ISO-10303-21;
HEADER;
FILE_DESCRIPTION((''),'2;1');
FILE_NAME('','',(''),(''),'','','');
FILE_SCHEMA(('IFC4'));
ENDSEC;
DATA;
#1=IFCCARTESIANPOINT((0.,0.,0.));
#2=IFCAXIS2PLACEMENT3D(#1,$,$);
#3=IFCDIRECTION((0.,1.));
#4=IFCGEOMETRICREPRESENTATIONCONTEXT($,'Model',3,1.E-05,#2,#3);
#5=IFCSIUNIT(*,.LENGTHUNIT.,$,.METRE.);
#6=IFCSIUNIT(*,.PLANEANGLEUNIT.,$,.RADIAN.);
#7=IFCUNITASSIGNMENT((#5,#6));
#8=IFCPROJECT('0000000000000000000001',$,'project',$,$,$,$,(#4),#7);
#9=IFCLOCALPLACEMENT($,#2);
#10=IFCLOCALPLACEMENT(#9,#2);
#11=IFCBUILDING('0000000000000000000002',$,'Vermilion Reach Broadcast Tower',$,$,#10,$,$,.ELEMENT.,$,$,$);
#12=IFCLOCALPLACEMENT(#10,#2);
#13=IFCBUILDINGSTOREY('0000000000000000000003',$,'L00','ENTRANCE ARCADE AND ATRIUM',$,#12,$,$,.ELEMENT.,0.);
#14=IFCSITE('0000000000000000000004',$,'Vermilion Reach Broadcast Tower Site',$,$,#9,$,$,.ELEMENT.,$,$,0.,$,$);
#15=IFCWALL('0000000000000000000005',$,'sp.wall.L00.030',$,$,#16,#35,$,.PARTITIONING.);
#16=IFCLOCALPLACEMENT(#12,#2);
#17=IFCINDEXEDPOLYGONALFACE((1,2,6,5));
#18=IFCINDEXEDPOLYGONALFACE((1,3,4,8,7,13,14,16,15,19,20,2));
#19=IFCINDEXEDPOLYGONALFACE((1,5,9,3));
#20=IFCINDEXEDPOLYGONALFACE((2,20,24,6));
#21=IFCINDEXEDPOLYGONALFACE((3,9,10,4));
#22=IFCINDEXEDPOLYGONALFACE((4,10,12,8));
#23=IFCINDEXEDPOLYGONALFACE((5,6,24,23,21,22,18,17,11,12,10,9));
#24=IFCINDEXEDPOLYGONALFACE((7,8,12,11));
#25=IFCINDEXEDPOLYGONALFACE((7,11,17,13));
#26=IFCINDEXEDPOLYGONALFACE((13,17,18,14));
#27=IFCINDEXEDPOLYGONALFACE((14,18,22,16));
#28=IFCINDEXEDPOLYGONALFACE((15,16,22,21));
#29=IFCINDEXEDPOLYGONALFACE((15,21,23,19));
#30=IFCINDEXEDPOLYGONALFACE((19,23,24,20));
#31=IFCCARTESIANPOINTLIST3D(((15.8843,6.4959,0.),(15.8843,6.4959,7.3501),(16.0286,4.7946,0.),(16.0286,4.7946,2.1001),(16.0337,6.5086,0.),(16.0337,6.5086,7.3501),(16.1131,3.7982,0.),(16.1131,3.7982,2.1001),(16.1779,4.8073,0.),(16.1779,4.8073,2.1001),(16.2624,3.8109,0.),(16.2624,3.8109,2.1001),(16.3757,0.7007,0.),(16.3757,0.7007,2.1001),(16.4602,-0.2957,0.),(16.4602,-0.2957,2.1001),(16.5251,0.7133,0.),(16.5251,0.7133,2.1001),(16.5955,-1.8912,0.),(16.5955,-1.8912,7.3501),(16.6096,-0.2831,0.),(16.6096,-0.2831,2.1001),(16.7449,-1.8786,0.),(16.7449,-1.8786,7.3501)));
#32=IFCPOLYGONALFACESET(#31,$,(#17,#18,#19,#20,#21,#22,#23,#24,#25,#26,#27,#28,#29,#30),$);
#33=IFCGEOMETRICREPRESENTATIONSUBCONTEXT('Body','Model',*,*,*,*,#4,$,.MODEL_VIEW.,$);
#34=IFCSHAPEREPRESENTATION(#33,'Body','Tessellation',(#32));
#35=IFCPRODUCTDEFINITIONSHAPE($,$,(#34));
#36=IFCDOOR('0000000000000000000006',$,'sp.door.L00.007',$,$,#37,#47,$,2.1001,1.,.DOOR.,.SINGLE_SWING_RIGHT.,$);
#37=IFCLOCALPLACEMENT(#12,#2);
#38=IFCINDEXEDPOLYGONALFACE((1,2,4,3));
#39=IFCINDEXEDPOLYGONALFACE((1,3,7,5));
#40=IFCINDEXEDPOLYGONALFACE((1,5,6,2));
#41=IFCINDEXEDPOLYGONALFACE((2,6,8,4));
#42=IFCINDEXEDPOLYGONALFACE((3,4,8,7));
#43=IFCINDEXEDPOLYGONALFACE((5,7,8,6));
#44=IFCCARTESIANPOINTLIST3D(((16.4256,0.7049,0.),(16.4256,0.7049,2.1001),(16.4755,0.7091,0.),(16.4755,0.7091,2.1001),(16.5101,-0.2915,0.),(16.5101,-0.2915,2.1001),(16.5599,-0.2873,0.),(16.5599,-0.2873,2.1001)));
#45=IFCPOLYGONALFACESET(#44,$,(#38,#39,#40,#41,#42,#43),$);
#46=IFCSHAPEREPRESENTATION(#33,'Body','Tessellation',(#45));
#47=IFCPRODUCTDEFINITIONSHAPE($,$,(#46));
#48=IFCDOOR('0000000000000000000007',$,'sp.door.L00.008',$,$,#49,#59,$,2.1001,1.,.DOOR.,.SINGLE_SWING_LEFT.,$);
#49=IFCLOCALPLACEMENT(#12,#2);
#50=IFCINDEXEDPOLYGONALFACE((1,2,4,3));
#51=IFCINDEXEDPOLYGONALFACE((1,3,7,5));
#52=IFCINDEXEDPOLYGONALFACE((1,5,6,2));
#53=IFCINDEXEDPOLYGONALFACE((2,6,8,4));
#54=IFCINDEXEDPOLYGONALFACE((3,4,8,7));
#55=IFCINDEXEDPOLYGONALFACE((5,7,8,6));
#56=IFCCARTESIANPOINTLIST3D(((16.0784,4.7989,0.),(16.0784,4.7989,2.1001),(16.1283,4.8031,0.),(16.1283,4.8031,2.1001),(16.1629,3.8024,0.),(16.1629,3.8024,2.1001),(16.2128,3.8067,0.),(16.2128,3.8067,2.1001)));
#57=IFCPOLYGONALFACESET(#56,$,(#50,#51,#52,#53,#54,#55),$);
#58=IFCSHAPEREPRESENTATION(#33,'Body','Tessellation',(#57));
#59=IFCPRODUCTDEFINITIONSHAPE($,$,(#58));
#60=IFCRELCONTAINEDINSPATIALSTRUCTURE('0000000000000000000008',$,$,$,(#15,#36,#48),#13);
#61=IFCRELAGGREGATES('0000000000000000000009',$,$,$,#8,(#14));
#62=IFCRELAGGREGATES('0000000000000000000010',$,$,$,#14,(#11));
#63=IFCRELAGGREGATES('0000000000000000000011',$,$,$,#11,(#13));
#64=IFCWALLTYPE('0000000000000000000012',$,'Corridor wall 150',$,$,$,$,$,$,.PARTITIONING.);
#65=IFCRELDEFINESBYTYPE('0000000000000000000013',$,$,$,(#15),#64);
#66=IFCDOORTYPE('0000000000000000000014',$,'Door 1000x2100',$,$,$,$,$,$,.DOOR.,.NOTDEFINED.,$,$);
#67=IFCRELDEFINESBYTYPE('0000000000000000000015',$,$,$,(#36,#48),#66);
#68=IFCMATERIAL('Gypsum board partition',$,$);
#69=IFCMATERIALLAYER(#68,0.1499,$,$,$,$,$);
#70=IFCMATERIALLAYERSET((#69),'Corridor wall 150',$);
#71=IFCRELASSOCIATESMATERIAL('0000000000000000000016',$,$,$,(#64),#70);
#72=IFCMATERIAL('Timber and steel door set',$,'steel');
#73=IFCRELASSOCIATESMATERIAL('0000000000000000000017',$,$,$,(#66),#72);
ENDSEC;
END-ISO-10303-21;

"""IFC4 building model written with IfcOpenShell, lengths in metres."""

from ifc_helpers import new_model, si_unit, direction, frame, frame_2d, origin, place, context, subcontext, project, spatial, rectangle, extrude, material, layer, layer_set, type_object, element, fill, save


model = new_model("IFC4")

# Units and contexts
model_context = context("Model", 3, precision=1e-05, world=origin(), true_north=direction((0.0, 1.0)))
body_context = subcontext(model_context, "Body", "Model", "MODEL_VIEW")
ifc_project = project(units=[si_unit("LENGTHUNIT", "METRE"), si_unit("PLANEANGLEUNIT", "RADIAN")], contexts=[model_context])

# Site, building, storey
site_placement = place(None, origin())
site = spatial("IfcSite", under=ifc_project, at=site_placement, Name="Vermilion Reach Broadcast Tower Site", CompositionType="ELEMENT", RefElevation=0.0)
building_placement = place(site_placement, origin())
building = spatial("IfcBuilding", under=site, at=building_placement, Name="Vermilion Reach Broadcast Tower", CompositionType="ELEMENT")
storey_placement = place(building_placement, origin())
storey = spatial("IfcBuildingStorey", under=building, at=storey_placement, Name="L00", Description="ENTRANCE ARCADE AND ATRIUM", CompositionType="ELEMENT", Elevation=0.0)

# Shared definitions
ifc_material_1 = material(Name="Gypsum board partition")
ifc_layer_1 = layer(ifc_material_1, 0.1499)
ifc_layer_set_1 = layer_set([ifc_layer_1], Name="Corridor wall 150")
wall_type_1 = type_object("IfcWallType", Name="Corridor wall 150", PredefinedType="PARTITIONING", material=ifc_layer_set_1)

# Wall, openings, doors
wall_1_placement = place(storey_placement, frame((16.6702, -1.8848, 0.0), z_axis=(0.0, 0.0, 1.0), x_axis=(-0.08449, 0.996424, 0.0)))
wall_1 = element("IfcWall", 1, at=wall_1_placement, inside=storey, type_object=wall_type_1, Name="sp.wall.L00.030", PredefinedType="PARTITIONING", context=body_context, shape_type="SweptSolid", body=[
    extrude(rectangle(XDim=8.4172, YDim=0.1499, at=frame_2d((4.2085, 0.0))), origin(), (0.0, 0.0, 1.0), 7.3501),
])
opening_1_placement = place(wall_1_placement, frame((1.6011, 0.0, 0.0)))
opening_1 = element("IfcOpeningElement", 2, at=opening_1_placement, cuts=wall_1, PredefinedType="OPENING", context=body_context, shape_type="SweptSolid", body=[
    extrude(rectangle(XDim=1.0, YDim=2.1001, at=frame_2d((0.5, 1.05))), frame((0.0, 0.085, 0.0), z_axis=(0.0, -1.0, 0.0), x_axis=(1.0, 0.0, 0.0)), (0.0, 0.0, 1.0), 0.1699),
])
opening_2_placement = place(wall_1_placement, frame((5.7097, 0.0, 0.0)))
opening_2 = element("IfcOpeningElement", 3, at=opening_2_placement, cuts=wall_1, PredefinedType="OPENING", context=body_context, shape_type="SweptSolid", body=[
    extrude(rectangle(XDim=1.0, YDim=2.1001, at=frame_2d((0.5, 1.05))), frame((0.0, 0.085, 0.0), z_axis=(0.0, -1.0, 0.0), x_axis=(1.0, 0.0, 0.0)), (0.0, 0.0, 1.0), 0.1699),
])
ifc_material_2 = material(Name="Timber and steel door set", Category="steel")
door_type_1 = type_object("IfcDoorType", Name="Door 1000x2100", OperationType="NOTDEFINED", PredefinedType="DOOR", material=ifc_material_2)
door_1_placement = place(opening_1_placement, origin())
door_1 = element("IfcDoor", 4, at=door_1_placement, inside=storey, type_object=door_type_1, Name="sp.door.L00.007", OperationType="SINGLE_SWING_RIGHT", OverallHeight=2.1001, OverallWidth=1.0, PredefinedType="DOOR", context=body_context, shape_type="SweptSolid", body=[
    extrude(rectangle(XDim=1.0, YDim=2.1001, at=frame_2d((0.5, 1.05))), frame((0.0, 0.0249, 0.0), z_axis=(0.0, -1.0, 0.0), x_axis=(1.0, 0.0, 0.0)), (0.0, 0.0, 1.0), 0.05),
])
fill(opening_1, door_1)
door_2_placement = place(opening_2_placement, origin())
door_2 = element("IfcDoor", 5, at=door_2_placement, inside=storey, type_object=door_type_1, Name="sp.door.L00.008", OperationType="SINGLE_SWING_LEFT", OverallHeight=2.1001, OverallWidth=1.0, PredefinedType="DOOR", context=body_context, shape_type="SweptSolid", body=[
    extrude(rectangle(XDim=1.0, YDim=2.1001, at=frame_2d((0.5, 1.05))), frame((0.0, 0.0249, 0.0), z_axis=(0.0, -1.0, 0.0), x_axis=(1.0, 0.0, 0.0)), (0.0, 0.0, 1.0), 0.05),
])
fill(opening_2, door_2)

save(model, "model.ifc")
